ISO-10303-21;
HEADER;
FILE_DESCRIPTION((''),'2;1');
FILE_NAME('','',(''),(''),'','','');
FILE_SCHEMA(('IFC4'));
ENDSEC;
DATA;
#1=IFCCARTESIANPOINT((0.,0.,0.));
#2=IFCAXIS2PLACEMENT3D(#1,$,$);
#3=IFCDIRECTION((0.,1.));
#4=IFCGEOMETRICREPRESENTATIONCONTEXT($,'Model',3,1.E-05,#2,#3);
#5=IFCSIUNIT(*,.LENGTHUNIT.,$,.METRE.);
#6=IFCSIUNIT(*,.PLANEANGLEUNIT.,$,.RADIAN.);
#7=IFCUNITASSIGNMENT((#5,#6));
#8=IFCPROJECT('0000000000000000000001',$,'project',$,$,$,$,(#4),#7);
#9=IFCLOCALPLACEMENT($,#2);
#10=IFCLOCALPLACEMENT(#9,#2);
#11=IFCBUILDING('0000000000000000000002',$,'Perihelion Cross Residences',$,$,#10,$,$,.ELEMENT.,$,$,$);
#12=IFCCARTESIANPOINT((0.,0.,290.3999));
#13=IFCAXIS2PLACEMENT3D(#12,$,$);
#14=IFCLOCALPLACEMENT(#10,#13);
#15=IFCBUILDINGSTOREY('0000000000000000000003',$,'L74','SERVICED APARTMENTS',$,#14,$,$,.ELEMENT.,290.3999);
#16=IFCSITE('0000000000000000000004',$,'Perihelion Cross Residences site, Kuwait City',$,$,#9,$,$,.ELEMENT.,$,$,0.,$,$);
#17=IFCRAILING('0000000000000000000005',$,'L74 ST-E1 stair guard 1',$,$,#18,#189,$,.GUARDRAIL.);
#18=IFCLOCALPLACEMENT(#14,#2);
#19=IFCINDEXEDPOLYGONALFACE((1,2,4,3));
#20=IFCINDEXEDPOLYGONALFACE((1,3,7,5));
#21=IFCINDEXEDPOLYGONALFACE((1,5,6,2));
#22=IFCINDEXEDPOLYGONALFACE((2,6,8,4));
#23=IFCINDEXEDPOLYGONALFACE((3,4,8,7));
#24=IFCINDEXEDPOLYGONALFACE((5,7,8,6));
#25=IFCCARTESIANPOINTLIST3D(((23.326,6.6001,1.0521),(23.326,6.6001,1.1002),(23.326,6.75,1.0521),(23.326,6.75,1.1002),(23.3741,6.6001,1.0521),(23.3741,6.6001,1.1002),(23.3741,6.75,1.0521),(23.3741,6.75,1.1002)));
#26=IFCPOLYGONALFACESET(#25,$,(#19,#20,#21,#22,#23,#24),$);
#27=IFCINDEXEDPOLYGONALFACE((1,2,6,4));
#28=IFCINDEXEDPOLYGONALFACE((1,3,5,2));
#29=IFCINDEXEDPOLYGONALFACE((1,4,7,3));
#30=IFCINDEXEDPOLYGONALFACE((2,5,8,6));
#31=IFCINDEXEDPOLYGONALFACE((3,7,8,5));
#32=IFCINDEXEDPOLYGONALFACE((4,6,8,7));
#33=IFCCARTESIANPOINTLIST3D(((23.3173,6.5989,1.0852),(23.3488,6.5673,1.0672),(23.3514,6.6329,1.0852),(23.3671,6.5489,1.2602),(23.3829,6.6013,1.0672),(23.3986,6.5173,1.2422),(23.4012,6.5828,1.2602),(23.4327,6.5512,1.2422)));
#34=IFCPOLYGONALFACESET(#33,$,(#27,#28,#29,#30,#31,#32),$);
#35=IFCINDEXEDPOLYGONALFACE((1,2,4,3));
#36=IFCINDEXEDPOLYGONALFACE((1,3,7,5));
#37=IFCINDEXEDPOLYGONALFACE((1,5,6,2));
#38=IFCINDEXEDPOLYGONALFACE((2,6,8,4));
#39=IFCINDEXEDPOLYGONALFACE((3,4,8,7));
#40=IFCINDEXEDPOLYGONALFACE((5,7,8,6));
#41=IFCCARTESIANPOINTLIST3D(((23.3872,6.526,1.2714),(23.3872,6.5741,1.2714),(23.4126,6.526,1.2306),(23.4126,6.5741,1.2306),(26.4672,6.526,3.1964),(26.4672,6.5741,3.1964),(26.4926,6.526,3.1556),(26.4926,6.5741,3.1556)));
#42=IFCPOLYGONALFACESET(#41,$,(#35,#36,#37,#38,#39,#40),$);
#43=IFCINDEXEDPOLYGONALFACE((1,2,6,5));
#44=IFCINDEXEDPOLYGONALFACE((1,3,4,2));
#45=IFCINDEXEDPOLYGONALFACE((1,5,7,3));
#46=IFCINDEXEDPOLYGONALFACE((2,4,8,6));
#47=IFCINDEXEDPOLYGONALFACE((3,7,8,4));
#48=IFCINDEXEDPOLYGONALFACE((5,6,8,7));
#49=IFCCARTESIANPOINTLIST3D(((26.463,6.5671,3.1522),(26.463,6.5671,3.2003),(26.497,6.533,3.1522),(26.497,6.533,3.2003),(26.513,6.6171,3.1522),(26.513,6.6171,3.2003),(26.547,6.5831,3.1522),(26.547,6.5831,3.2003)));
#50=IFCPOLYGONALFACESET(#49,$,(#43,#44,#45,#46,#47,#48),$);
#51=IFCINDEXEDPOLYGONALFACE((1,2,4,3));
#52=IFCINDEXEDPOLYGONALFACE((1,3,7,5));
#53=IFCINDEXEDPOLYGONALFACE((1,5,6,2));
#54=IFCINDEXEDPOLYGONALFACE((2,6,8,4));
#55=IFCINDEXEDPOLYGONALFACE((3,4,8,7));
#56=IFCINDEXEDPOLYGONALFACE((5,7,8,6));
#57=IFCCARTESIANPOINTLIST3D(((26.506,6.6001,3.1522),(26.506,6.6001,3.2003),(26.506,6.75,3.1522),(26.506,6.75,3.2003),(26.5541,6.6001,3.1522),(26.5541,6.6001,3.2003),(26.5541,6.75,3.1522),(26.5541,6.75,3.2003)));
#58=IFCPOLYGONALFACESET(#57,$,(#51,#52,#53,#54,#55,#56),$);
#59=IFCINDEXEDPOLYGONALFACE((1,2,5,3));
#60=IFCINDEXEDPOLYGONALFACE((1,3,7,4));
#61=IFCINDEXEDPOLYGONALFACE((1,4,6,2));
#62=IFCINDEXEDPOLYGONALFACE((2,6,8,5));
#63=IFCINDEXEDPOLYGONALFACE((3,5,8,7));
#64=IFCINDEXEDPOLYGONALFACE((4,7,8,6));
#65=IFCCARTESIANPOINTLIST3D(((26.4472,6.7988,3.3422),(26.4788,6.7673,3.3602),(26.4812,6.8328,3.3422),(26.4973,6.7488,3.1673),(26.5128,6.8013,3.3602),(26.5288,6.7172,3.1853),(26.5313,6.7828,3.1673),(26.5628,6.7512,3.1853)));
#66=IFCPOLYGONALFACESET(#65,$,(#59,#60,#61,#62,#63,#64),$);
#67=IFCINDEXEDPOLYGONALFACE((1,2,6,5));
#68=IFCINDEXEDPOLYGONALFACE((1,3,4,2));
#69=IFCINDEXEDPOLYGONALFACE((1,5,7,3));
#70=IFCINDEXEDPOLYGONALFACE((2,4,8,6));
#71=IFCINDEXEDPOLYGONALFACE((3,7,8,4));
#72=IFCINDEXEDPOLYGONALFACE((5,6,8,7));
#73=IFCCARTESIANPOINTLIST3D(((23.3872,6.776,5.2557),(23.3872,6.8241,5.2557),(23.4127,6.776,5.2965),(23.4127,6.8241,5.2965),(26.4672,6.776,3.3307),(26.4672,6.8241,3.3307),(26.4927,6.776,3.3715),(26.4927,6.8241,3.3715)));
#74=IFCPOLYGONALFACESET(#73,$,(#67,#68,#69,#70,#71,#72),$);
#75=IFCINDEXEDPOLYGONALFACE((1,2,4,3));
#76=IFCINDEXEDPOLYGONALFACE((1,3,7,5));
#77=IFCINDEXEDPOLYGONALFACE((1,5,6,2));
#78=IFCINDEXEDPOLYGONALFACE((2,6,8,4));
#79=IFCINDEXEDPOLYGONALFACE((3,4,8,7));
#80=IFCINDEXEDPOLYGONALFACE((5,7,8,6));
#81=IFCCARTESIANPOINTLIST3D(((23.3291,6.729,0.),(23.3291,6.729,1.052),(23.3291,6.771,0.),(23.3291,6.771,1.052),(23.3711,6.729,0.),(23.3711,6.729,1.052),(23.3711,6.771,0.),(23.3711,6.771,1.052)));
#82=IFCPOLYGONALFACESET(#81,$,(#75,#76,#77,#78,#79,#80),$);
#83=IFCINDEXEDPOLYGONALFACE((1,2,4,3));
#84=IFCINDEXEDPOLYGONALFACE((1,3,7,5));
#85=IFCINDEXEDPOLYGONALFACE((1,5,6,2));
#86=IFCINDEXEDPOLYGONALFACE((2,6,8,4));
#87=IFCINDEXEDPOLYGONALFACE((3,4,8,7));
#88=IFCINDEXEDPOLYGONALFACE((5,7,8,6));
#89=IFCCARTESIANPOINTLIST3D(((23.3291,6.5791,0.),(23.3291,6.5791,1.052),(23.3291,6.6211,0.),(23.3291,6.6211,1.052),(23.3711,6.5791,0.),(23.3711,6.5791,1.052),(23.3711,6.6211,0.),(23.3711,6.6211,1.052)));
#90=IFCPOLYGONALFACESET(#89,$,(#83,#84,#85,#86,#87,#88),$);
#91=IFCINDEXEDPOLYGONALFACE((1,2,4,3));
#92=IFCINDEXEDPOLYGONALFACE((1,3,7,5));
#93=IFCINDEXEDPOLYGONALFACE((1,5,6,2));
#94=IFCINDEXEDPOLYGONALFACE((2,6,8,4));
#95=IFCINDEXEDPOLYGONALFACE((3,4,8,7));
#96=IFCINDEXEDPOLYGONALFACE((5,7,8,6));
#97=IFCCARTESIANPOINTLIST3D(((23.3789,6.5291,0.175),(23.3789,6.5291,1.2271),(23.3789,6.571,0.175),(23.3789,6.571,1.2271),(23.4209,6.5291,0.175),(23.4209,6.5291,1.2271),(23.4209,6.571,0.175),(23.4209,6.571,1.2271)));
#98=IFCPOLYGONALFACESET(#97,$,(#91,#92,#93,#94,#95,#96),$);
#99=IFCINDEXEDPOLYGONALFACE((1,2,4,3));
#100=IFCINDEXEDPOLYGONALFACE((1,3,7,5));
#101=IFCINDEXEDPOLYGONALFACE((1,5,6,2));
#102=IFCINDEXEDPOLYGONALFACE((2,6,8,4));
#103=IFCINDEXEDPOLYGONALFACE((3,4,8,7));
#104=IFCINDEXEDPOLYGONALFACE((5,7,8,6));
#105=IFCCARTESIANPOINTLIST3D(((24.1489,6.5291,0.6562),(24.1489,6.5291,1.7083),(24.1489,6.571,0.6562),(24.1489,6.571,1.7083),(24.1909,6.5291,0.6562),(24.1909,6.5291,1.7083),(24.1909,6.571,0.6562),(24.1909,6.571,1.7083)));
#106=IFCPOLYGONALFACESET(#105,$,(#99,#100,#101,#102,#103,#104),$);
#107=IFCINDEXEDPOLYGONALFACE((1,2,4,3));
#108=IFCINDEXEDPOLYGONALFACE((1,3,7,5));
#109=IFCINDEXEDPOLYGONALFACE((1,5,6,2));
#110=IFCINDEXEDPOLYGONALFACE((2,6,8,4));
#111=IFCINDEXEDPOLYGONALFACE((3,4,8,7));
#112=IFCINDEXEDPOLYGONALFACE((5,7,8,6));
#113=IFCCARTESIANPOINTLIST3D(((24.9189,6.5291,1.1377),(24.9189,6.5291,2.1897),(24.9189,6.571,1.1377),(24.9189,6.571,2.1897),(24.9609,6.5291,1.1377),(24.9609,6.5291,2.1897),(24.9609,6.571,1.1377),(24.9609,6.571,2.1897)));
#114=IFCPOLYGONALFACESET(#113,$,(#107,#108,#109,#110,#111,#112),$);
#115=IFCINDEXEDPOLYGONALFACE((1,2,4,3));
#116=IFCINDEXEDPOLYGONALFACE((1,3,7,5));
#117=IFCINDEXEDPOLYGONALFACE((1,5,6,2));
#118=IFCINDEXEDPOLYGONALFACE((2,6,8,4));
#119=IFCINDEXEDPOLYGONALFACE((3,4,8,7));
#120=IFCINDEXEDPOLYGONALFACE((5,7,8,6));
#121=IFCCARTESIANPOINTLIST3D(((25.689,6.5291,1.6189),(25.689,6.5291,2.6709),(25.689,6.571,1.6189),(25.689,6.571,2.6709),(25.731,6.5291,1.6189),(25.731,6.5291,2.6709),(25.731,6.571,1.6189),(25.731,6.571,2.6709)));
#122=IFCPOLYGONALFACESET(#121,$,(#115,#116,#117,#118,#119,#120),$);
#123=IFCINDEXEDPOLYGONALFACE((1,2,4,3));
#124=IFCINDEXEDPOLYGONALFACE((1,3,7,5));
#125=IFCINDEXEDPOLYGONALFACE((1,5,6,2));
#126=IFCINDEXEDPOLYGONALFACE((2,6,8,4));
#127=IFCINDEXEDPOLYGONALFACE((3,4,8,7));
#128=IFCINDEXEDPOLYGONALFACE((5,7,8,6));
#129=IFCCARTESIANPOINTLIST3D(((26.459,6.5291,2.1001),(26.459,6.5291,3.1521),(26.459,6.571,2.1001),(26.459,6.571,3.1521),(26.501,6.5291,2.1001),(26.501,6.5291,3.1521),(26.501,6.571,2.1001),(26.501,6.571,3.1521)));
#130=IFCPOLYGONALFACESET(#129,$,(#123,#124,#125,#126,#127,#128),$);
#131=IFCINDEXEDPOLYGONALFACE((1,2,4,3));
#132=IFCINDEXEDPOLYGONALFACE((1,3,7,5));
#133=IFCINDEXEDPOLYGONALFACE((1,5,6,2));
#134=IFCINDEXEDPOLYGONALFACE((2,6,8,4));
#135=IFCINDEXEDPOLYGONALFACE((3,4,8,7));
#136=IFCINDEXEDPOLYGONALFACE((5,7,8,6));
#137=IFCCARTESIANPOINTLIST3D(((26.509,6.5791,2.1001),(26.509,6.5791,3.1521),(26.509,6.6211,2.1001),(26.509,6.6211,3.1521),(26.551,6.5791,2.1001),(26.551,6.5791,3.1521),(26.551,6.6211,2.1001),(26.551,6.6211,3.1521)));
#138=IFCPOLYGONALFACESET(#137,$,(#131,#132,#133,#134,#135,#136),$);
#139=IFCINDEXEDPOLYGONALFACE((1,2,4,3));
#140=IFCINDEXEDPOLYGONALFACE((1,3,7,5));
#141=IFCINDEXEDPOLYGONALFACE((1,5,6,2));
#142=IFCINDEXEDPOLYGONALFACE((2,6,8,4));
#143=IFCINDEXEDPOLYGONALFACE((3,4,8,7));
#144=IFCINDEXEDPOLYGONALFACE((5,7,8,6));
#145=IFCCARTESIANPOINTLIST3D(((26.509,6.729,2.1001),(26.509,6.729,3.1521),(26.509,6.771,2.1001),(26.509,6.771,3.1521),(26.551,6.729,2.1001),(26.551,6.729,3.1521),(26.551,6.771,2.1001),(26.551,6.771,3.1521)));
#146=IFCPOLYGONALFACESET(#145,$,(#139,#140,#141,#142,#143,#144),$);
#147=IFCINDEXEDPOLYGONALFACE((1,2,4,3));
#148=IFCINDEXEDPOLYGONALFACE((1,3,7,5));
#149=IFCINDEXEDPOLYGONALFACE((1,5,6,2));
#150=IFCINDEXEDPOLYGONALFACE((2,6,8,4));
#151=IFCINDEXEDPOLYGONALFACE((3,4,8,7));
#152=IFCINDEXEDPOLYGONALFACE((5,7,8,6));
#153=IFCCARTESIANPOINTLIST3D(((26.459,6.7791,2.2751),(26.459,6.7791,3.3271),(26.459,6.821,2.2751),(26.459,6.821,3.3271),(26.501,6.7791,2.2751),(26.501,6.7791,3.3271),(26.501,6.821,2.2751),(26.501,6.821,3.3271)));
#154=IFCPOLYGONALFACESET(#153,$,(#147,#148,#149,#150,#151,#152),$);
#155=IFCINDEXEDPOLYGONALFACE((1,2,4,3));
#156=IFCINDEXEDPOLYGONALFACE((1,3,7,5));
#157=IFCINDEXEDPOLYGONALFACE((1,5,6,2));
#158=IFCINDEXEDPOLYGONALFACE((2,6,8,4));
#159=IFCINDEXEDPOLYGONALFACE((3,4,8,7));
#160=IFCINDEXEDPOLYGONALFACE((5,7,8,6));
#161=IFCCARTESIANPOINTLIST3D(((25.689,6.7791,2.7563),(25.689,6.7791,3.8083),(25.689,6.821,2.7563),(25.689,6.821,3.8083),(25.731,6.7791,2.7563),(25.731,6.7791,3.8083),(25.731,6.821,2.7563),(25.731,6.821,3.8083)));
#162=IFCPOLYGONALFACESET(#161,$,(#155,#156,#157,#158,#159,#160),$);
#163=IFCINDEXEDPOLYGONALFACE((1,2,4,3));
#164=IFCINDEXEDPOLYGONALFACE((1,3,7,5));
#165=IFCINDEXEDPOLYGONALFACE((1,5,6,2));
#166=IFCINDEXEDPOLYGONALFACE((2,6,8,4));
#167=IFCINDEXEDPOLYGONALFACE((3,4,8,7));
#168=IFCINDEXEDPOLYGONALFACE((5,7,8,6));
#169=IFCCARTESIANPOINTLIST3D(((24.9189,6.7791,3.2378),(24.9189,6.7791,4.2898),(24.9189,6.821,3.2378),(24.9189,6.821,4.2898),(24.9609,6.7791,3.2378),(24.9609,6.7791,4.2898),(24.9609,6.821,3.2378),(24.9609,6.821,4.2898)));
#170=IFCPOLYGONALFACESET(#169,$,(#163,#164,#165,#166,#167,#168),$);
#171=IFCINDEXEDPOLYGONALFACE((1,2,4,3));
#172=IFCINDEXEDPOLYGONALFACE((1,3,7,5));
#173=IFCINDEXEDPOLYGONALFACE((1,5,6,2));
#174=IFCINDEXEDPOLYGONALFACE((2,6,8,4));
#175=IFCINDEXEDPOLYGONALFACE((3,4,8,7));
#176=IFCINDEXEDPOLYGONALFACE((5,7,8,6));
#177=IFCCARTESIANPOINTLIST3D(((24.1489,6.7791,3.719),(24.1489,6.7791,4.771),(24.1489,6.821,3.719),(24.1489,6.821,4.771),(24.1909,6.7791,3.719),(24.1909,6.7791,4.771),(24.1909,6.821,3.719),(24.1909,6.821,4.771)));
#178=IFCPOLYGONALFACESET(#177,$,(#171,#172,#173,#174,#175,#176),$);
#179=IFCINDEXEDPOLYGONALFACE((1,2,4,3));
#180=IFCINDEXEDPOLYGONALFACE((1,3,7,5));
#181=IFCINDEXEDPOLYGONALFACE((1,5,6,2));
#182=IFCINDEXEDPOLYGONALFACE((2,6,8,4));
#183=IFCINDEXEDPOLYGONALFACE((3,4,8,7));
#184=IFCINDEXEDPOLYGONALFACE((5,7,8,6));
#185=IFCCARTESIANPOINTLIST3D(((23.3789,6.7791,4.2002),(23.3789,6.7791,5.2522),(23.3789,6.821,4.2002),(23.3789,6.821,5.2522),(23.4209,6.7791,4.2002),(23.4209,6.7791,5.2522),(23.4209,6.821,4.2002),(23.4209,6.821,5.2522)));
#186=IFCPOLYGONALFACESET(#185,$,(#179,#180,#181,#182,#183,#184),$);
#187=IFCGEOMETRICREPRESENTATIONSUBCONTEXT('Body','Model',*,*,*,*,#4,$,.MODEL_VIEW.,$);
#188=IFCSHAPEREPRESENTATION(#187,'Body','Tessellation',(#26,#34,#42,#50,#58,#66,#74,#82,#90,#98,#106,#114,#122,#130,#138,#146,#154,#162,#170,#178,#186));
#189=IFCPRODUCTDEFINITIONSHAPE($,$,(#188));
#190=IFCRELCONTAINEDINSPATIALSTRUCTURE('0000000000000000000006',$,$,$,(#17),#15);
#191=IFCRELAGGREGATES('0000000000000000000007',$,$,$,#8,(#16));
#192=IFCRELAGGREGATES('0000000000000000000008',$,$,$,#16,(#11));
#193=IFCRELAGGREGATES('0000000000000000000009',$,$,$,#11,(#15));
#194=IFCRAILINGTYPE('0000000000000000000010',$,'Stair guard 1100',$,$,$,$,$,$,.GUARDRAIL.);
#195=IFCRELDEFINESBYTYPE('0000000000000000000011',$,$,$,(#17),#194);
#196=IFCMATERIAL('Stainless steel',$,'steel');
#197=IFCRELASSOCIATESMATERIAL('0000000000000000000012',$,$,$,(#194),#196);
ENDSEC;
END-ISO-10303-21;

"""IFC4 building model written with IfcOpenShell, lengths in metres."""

from ifc_helpers import new_model, si_unit, direction, frame, origin, origin_2d, place, context, subcontext, project, spatial, rectangle, extrude, material, type_object, element, save


model = new_model("IFC4")

# Units and contexts
model_context = context("Model", 3, precision=1e-05, world=origin(), true_north=direction((0.0, 1.0)))
body_context = subcontext(model_context, "Body", "Model", "MODEL_VIEW")
ifc_project = project(units=[si_unit("LENGTHUNIT", "METRE"), si_unit("PLANEANGLEUNIT", "RADIAN")], contexts=[model_context])

# Site, building, storey
site_placement = place(None, origin())
site = spatial("IfcSite", under=ifc_project, at=site_placement, Name="Perihelion Cross Residences site, Kuwait City", CompositionType="ELEMENT", RefElevation=0.0)
building_placement = place(site_placement, origin())
building = spatial("IfcBuilding", under=site, at=building_placement, Name="Perihelion Cross Residences", CompositionType="ELEMENT")
storey_placement = place(building_placement, frame((0.0, 0.0, 290.3999)))
storey = spatial("IfcBuildingStorey", under=building, at=storey_placement, Name="L74", Description="SERVICED APARTMENTS", CompositionType="ELEMENT", Elevation=290.3999)

# Railing
ifc_material_1 = material(Name="Stainless steel", Category="steel")
railing_type_1 = type_object("IfcRailingType", Name="Stair guard 1100", PredefinedType="GUARDRAIL", material=ifc_material_1)
railing_1_placement = place(storey_placement, frame((23.3501, 6.75, 0.0)))
element("IfcRailing", 1, at=railing_1_placement, inside=storey, type_object=railing_type_1, Name="L74 ST-E1 stair guard 1", PredefinedType="GUARDRAIL", context=body_context, shape_type="SweptSolid", body=[
    extrude(rectangle(XDim=0.0481, YDim=0.0481, at=origin_2d()), frame((0.0, 0.0, 1.0762), z_axis=(0.0, -1.0, 0.0), x_axis=(1.0, 0.0, 0.0)), (0.0, 0.0, 1.0), 0.1499),
    extrude(rectangle(XDim=0.0481, YDim=0.0481, at=origin_2d()), frame((0.0, -0.1499, 1.0762), z_axis=(0.263862, -0.265156, 0.927399), x_axis=(0.708834, 0.705376, 0.0)), (0.0, 0.0, 1.0), 0.1887),
    extrude(rectangle(XDim=0.0481, YDim=0.0481, at=origin_2d()), frame((0.0498, -0.2, 1.251), z_axis=(0.847998, 0.0, 0.529999), x_axis=(0.0, 1.0, 0.0)), (0.0, 0.0, 1.0), 3.6321),
    extrude(rectangle(XDim=0.0481, YDim=0.0481, at=origin_2d()), frame((3.1299, -0.2, 3.1763), z_axis=(0.707107, 0.707107, 0.0), x_axis=(-0.707107, 0.707107, 0.0)), (0.0, 0.0, 1.0), 0.0708),
    extrude(rectangle(XDim=0.0481, YDim=0.0481, at=origin_2d()), frame((3.1799, -0.1499, 3.1763), z_axis=(0.0, 1.0, 0.0), x_axis=(-1.0, 0.0, 0.0)), (0.0, 0.0, 1.0), 0.1499),
    extrude(rectangle(XDim=0.0481, YDim=0.0481, at=origin_2d()), frame((3.1799, 0.0, 3.1763), z_axis=(-0.265065, 0.265065, 0.927082), x_axis=(-0.707107, -0.707107, 0.0)), (0.0, 0.0, 1.0), 0.1887),
    extrude(rectangle(XDim=0.0481, YDim=0.0481, at=origin_2d()), frame((3.1299, 0.05, 3.3511), z_axis=(-0.847998, 0.0, 0.529999), x_axis=(0.0, -1.0, 0.0)), (0.0, 0.0, 1.0), 3.6321),
    extrude(rectangle(XDim=0.042, YDim=0.042, at=origin_2d()), origin(), (0.0, 0.0, 1.0), 1.052),
    extrude(rectangle(XDim=0.042, YDim=0.042, at=origin_2d()), frame((0.0, -0.1499, 0.0)), (0.0, 0.0, 1.0), 1.052),
    extrude(rectangle(XDim=0.042, YDim=0.042, at=origin_2d()), frame((0.0498, -0.2, 0.175)), (0.0, 0.0, 1.0), 1.052),
    extrude(rectangle(XDim=0.042, YDim=0.042, at=origin_2d()), frame((0.8198, -0.2, 0.6562)), (0.0, 0.0, 1.0), 1.052),
    extrude(rectangle(XDim=0.042, YDim=0.042, at=origin_2d()), frame((1.5898, -0.2, 1.1377)), (0.0, 0.0, 1.0), 1.052),
    extrude(rectangle(XDim=0.042, YDim=0.042, at=origin_2d()), frame((2.3599, -0.2, 1.6189)), (0.0, 0.0, 1.0), 1.052),
    extrude(rectangle(XDim=0.042, YDim=0.042, at=origin_2d()), frame((3.1299, -0.2, 2.1001)), (0.0, 0.0, 1.0), 1.052),
    extrude(rectangle(XDim=0.042, YDim=0.042, at=origin_2d()), frame((3.1799, -0.1499, 2.1001)), (0.0, 0.0, 1.0), 1.052),
    extrude(rectangle(XDim=0.042, YDim=0.042, at=origin_2d()), frame((3.1799, 0.0, 2.1001)), (0.0, 0.0, 1.0), 1.052),
    extrude(rectangle(XDim=0.042, YDim=0.042, at=origin_2d()), frame((3.1299, 0.05, 2.2751)), (0.0, 0.0, 1.0), 1.052),
    extrude(rectangle(XDim=0.042, YDim=0.042, at=origin_2d()), frame((2.3599, 0.05, 2.7563)), (0.0, 0.0, 1.0), 1.052),
    extrude(rectangle(XDim=0.042, YDim=0.042, at=origin_2d()), frame((1.5898, 0.05, 3.2378)), (0.0, 0.0, 1.0), 1.052),
    extrude(rectangle(XDim=0.042, YDim=0.042, at=origin_2d()), frame((0.8198, 0.05, 3.719)), (0.0, 0.0, 1.0), 1.052),
    extrude(rectangle(XDim=0.042, YDim=0.042, at=origin_2d()), frame((0.0498, 0.05, 4.2002)), (0.0, 0.0, 1.0), 1.052),
])

save(model, "model.ifc")
